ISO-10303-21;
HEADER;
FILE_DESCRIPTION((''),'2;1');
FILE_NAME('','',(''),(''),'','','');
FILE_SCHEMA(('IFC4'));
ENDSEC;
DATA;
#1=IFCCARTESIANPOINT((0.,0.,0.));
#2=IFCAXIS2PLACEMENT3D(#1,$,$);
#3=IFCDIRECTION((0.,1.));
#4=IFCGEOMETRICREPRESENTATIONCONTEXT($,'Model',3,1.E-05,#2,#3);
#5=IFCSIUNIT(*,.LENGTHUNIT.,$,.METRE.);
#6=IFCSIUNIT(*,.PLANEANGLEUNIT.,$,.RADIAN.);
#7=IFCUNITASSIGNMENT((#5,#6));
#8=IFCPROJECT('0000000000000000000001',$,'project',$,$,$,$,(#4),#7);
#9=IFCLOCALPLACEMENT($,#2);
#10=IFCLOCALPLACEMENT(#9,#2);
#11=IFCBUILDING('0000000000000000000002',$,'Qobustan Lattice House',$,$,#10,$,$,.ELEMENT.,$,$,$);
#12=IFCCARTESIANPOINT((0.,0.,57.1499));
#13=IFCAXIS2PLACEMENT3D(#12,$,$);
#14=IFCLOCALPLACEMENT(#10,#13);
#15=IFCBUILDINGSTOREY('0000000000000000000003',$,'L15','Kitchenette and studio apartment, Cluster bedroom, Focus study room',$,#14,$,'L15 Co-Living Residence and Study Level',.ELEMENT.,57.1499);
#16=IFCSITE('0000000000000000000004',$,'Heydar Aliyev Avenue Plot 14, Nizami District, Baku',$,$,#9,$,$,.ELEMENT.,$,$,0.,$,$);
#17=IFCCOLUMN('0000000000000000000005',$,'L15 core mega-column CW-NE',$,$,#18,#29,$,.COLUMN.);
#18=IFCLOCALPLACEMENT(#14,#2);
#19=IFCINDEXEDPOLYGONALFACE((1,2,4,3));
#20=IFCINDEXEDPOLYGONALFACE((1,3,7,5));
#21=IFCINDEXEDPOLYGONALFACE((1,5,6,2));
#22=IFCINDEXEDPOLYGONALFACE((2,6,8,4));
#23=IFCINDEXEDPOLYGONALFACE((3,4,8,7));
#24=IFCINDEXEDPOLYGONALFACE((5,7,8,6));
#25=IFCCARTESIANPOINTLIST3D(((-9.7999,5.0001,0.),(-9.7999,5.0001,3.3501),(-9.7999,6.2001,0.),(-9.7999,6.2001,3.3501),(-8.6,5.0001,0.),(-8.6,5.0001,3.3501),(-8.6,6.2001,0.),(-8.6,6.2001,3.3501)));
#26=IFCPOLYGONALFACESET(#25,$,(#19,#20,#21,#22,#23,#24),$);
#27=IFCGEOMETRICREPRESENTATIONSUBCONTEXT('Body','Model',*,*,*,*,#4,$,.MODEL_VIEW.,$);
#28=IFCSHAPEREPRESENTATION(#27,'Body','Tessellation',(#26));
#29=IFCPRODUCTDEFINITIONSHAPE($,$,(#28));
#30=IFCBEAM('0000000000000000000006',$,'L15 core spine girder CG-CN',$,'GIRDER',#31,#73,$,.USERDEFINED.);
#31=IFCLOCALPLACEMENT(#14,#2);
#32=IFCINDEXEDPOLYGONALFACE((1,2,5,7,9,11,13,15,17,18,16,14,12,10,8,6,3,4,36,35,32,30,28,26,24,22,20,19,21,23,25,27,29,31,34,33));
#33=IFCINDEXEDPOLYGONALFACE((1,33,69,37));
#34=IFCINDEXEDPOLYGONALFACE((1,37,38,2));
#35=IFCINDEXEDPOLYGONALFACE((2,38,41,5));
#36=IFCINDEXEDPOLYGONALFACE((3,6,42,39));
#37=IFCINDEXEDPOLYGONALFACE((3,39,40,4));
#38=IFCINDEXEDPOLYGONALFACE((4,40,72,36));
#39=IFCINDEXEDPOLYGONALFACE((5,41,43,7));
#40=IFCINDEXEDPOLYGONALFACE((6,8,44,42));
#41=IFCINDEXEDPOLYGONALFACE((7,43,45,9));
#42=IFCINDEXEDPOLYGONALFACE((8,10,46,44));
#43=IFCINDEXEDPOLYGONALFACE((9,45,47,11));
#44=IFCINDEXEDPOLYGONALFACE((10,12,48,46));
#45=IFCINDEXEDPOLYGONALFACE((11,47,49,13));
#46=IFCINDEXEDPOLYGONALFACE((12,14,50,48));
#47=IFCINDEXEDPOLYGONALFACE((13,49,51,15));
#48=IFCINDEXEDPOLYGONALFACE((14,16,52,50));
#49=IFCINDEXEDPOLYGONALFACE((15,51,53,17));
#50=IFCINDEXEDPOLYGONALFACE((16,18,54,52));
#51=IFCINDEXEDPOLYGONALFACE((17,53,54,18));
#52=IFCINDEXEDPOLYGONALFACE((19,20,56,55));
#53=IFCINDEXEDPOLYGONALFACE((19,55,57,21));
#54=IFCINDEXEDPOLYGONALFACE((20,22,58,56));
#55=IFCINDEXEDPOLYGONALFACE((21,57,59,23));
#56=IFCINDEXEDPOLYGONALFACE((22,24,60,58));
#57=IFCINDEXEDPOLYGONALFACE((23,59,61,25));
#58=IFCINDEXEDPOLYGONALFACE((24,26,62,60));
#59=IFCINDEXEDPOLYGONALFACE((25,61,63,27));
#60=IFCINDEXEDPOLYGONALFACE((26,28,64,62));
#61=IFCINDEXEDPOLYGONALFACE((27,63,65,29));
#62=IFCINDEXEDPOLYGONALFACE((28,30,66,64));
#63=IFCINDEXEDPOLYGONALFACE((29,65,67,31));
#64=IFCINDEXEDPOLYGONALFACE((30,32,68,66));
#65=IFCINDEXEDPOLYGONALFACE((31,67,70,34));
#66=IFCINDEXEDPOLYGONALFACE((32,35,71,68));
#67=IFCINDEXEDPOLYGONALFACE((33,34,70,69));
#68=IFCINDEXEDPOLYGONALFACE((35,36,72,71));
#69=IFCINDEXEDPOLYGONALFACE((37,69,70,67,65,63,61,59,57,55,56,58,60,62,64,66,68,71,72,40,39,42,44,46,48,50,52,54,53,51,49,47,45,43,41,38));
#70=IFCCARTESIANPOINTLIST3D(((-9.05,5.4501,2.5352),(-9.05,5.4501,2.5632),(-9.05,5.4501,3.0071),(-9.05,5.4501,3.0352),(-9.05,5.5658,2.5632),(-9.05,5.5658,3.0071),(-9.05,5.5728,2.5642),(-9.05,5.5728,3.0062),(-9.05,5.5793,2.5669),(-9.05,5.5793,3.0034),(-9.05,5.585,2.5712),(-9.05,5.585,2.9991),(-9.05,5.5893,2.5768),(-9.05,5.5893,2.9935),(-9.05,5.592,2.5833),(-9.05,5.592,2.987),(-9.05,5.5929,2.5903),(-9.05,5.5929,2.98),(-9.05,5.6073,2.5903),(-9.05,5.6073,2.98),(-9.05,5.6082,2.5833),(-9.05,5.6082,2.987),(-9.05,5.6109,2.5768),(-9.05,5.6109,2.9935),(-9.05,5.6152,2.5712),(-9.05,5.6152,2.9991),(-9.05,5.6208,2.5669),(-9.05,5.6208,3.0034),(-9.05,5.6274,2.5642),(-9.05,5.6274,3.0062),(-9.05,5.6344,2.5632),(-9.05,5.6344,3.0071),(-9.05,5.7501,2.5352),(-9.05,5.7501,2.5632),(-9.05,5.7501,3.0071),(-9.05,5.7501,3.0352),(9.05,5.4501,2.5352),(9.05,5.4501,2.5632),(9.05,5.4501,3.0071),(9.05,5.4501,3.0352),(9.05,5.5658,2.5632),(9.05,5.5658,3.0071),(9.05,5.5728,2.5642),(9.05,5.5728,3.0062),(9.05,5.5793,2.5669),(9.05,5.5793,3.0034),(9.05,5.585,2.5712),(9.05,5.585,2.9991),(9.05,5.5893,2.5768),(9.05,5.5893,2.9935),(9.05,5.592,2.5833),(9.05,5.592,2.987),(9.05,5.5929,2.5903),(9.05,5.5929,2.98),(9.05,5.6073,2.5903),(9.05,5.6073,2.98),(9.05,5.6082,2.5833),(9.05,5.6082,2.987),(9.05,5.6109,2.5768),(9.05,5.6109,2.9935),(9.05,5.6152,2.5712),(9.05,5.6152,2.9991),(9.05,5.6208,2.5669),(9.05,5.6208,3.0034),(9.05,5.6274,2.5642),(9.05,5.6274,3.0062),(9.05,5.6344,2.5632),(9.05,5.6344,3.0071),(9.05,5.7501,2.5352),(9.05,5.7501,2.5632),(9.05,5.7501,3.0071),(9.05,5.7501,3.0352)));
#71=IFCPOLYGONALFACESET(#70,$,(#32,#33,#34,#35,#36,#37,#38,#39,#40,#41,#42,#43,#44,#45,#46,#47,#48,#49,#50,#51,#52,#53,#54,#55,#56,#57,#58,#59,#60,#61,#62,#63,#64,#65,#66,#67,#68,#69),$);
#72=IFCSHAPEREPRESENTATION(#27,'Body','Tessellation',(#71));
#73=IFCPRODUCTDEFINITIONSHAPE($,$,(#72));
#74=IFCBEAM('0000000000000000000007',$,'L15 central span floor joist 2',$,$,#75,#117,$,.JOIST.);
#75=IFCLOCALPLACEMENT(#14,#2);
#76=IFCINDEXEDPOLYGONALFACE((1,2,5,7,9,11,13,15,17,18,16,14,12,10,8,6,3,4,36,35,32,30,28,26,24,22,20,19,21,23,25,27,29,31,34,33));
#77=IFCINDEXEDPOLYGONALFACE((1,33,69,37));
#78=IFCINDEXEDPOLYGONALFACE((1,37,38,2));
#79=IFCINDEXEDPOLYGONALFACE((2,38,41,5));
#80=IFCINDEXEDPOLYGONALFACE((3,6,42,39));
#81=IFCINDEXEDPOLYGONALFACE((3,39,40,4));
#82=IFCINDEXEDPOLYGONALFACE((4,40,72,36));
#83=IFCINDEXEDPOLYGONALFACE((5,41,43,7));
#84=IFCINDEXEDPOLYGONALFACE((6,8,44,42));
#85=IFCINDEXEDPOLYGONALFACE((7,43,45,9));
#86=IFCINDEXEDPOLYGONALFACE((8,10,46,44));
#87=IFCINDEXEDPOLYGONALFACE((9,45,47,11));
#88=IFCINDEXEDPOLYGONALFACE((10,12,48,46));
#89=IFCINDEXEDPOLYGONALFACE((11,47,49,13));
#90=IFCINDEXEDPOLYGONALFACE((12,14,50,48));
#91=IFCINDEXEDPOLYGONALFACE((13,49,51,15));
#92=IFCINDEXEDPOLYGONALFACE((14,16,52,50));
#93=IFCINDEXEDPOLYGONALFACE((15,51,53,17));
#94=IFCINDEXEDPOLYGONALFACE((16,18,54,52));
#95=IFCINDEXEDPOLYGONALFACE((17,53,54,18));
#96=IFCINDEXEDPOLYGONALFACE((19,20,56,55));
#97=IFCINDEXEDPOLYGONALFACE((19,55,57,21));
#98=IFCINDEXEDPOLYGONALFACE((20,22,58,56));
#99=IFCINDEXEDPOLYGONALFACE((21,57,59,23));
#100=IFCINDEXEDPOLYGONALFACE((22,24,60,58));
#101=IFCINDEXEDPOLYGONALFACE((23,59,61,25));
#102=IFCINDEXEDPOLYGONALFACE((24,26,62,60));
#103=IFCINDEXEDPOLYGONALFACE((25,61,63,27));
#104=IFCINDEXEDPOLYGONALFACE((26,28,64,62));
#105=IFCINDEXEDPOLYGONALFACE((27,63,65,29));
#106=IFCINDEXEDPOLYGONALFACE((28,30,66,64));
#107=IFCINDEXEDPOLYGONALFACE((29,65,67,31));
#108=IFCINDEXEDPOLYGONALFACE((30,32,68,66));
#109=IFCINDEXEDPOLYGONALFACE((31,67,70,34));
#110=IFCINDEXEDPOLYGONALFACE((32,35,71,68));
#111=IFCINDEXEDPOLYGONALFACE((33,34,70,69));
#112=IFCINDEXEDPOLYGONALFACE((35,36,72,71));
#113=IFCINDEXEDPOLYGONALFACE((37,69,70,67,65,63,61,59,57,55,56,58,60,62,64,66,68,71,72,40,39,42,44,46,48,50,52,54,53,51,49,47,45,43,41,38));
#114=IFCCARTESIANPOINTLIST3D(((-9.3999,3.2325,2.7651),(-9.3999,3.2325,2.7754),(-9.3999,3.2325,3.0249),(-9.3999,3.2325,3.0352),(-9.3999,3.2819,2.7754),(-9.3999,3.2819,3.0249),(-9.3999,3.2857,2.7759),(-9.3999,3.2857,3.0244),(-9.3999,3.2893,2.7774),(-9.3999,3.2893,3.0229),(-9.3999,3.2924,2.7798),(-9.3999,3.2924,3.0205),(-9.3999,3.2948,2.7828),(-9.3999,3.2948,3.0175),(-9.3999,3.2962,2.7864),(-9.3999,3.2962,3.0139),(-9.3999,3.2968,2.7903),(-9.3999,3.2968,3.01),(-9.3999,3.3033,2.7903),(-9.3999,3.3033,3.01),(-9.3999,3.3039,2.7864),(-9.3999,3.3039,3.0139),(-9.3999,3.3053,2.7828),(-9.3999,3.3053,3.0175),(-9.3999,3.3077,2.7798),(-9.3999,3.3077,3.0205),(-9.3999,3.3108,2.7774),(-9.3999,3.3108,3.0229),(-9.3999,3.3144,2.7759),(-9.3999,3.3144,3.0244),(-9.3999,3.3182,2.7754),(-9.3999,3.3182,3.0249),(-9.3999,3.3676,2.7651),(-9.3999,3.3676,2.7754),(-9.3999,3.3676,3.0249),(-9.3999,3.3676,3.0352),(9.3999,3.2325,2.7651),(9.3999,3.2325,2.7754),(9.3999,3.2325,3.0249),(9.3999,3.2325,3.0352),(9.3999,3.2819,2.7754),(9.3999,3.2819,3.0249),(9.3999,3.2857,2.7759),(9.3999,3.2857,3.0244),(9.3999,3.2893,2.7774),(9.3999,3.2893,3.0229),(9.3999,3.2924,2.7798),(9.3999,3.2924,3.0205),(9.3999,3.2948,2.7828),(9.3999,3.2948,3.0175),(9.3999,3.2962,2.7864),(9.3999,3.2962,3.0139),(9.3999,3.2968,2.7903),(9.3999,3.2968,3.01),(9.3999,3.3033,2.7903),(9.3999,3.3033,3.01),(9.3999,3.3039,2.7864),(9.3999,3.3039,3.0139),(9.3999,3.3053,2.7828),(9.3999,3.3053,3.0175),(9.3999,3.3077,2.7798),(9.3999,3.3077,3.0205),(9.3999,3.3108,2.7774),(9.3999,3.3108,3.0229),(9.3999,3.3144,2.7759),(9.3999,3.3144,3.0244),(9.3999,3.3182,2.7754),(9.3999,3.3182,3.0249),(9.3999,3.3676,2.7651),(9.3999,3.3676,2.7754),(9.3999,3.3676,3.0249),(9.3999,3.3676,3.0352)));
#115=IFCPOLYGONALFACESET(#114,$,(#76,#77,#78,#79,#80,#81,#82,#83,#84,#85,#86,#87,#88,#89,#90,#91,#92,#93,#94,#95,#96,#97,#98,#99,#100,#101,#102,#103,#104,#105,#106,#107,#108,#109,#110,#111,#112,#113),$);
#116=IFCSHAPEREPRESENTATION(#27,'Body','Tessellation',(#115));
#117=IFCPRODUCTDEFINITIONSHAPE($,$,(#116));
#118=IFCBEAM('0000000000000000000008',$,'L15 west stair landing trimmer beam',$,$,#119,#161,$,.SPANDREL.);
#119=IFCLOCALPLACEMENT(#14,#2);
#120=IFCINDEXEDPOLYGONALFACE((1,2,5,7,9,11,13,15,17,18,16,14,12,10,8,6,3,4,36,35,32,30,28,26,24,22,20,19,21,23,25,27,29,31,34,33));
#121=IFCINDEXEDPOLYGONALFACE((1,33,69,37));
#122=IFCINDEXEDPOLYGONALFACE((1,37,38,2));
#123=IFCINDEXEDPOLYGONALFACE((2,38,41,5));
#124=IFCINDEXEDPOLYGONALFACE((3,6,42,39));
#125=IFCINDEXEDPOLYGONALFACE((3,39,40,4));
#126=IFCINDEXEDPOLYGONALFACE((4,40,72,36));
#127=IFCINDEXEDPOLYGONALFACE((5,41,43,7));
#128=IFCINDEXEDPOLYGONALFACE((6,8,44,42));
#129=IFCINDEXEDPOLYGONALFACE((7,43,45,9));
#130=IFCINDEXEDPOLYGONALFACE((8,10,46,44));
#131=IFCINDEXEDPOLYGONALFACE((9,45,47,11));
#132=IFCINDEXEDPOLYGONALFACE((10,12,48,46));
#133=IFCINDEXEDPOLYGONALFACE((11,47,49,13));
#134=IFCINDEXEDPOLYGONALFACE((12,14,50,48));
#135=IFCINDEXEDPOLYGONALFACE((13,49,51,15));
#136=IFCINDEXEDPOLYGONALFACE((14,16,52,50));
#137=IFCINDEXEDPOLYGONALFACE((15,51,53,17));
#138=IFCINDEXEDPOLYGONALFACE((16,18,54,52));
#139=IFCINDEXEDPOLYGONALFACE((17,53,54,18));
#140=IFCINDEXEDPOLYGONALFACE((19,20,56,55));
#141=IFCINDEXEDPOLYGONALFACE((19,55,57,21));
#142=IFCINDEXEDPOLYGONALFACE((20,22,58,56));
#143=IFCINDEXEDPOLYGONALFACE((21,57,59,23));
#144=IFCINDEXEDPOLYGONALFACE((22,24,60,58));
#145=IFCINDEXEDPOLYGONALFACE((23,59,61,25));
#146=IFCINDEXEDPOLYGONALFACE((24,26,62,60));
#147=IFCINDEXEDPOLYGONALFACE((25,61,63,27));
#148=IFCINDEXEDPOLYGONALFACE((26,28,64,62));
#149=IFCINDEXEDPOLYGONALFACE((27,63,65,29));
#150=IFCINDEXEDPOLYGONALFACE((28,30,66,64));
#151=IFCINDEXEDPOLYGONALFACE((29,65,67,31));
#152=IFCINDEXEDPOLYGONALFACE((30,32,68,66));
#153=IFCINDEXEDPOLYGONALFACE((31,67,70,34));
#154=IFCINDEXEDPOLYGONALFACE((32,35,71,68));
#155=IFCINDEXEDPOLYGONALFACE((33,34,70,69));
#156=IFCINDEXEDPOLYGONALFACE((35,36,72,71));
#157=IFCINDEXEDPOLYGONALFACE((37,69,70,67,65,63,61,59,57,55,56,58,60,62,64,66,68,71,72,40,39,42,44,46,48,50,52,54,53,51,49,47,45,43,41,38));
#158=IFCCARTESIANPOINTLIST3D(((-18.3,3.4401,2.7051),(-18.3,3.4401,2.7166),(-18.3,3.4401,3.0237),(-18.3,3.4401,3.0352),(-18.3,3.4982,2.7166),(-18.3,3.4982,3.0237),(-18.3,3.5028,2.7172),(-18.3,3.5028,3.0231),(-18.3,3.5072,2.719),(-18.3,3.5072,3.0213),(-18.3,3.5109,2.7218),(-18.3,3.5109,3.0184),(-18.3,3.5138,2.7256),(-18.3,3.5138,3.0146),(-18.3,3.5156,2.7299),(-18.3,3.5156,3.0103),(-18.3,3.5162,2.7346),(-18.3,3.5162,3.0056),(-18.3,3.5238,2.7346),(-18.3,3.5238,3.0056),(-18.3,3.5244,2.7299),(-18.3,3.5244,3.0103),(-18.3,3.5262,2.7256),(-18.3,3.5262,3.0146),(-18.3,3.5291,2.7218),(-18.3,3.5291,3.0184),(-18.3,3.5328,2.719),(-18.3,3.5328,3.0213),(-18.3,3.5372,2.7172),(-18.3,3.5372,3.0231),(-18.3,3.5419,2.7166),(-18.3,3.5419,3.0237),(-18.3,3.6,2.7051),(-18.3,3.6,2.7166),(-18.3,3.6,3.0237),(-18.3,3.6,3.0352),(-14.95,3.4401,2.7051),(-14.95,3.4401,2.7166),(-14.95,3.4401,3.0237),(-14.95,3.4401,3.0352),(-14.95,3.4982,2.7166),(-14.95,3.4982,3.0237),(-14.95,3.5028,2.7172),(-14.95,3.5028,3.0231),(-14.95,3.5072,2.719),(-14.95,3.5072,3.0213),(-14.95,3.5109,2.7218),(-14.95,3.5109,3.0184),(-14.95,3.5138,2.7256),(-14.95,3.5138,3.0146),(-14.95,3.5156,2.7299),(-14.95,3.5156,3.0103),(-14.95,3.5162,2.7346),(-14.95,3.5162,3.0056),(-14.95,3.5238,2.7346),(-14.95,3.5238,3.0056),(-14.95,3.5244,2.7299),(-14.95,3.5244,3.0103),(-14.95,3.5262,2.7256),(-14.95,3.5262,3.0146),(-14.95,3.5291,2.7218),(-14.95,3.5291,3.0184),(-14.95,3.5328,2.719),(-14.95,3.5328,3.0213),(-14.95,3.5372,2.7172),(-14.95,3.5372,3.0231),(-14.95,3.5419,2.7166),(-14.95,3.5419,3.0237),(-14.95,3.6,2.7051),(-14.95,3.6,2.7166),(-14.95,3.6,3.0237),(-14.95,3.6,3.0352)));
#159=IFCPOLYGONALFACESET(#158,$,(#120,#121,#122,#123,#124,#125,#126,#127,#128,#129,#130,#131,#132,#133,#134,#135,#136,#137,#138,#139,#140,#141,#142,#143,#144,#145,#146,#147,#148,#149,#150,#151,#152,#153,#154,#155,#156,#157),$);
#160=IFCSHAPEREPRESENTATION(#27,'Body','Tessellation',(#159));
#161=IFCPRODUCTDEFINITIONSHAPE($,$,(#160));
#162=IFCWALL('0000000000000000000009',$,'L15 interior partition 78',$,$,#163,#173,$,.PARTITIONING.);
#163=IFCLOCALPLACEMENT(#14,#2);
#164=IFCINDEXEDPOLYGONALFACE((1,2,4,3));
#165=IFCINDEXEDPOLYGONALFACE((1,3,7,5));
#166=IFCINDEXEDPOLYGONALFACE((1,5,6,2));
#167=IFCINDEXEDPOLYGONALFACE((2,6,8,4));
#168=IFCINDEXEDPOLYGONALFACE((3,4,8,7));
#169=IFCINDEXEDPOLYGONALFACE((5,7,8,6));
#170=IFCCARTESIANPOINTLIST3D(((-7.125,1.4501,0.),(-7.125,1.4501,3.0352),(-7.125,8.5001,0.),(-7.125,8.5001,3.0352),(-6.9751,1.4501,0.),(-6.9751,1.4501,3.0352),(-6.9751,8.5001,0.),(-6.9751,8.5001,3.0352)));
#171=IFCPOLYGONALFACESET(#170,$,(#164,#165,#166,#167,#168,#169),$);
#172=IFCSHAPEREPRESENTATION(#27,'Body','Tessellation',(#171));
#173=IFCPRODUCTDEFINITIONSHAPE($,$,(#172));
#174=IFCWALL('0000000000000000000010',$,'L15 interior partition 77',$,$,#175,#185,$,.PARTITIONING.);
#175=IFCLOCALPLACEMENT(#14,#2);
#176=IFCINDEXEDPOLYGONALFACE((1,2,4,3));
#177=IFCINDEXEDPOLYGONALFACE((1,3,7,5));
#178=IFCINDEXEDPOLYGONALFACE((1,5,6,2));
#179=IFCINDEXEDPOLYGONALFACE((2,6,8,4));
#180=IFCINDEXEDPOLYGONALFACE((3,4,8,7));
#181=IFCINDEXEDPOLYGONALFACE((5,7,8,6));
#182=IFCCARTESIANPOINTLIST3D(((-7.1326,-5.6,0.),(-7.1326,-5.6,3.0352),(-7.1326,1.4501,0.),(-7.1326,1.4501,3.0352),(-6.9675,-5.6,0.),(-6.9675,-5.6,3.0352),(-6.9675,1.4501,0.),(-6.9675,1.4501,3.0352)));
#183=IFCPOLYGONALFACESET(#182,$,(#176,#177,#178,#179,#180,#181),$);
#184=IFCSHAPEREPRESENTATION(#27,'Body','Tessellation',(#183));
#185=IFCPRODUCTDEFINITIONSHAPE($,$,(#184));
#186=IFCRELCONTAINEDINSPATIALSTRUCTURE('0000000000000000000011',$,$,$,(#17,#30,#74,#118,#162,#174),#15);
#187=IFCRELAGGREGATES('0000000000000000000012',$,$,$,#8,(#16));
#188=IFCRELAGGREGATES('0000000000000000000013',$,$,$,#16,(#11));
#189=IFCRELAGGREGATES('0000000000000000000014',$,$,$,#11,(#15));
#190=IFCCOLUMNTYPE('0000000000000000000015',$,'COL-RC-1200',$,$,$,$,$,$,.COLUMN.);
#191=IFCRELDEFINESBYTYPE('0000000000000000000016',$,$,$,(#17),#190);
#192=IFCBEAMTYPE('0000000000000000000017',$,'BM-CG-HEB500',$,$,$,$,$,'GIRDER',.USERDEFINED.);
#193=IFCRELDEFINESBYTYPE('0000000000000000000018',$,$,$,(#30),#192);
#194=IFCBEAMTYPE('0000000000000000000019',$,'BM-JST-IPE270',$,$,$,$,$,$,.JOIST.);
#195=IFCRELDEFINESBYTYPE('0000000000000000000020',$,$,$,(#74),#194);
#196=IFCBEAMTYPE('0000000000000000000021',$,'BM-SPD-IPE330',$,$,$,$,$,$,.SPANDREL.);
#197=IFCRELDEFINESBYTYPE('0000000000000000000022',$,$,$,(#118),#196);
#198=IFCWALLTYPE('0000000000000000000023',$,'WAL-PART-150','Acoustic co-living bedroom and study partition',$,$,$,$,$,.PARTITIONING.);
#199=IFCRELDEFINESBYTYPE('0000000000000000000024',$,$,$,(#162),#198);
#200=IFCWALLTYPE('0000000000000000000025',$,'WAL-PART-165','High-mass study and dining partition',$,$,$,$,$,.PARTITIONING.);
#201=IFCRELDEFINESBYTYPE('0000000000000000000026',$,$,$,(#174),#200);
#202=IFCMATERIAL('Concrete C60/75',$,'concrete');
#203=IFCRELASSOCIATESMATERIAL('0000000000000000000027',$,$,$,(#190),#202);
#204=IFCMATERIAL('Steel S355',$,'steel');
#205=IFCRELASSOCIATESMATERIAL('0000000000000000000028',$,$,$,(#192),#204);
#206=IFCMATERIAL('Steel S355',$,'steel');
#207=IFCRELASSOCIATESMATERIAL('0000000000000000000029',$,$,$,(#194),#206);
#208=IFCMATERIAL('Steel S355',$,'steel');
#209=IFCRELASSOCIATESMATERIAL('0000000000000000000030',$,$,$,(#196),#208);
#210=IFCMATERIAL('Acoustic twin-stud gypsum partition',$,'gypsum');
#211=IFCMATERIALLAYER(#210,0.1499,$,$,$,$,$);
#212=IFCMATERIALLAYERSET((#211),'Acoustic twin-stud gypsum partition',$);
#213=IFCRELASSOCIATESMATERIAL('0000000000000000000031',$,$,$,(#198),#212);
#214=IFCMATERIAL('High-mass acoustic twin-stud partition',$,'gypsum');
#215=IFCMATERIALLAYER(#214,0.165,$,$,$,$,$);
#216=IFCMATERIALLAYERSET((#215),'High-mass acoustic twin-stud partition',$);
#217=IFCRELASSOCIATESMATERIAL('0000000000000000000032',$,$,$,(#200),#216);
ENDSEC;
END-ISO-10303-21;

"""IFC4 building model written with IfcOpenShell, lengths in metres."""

from ifc_helpers import new_model, si_unit, direction, frame, frame_2d, origin, origin_2d, place, context, subcontext, project, spatial, rectangle, i_section, extrude, material, layer, layer_set, material_profile, profile_set, type_object, element, save


model = new_model("IFC4")

# Units and contexts
model_context = context("Model", 3, precision=1e-05, world=origin(), true_north=direction((0.0, 1.0)))
body_context = subcontext(model_context, "Body", "Model", "MODEL_VIEW")
ifc_project = project(units=[si_unit("LENGTHUNIT", "METRE"), si_unit("PLANEANGLEUNIT", "RADIAN")], contexts=[model_context])

# Site, building, storey
site_placement = place(None, origin())
site = spatial("IfcSite", under=ifc_project, at=site_placement, Name="Heydar Aliyev Avenue Plot 14, Nizami District, Baku", CompositionType="ELEMENT", RefElevation=0.0)
building_placement = place(site_placement, origin())
building = spatial("IfcBuilding", under=site, at=building_placement, Name="Qobustan Lattice House", CompositionType="ELEMENT")
storey_placement = place(building_placement, frame((0.0, 0.0, 57.1499)))
storey = spatial("IfcBuildingStorey", under=building, at=storey_placement, Name="L15", Description="Kitchenette and studio apartment, Cluster bedroom, Focus study room", LongName="L15 Co-Living Residence and Study Level", CompositionType="ELEMENT", Elevation=57.1499)

# Column
ifc_material_1 = material(Name="Concrete C60/75", Category="concrete")
ifc_material_profile_1 = material_profile(ifc_material_1, rectangle(XDim=1.2, YDim=1.2, at=origin_2d()), Name="RC1200x1200")
ifc_profile_set_1 = profile_set([ifc_material_profile_1], Name="Concrete C60/75")
column_type = type_object("IfcColumnType", Name="COL-RC-1200", PredefinedType="COLUMN", material=ifc_profile_set_1)
column_placement = place(storey_placement, frame((-9.2, 5.6001, 0.0), z_axis=(0.0, 0.0, 1.0), x_axis=(1.0, 0.0, 0.0)))
element("IfcColumn", 1, at=column_placement, inside=storey, type_object=column_type, Name="L15 core mega-column CW-NE", PredefinedType="COLUMN", context=body_context, shape_type="SweptSolid", body=[
    extrude(rectangle(XDim=1.2, YDim=1.2, at=origin_2d()), origin(), (0.0, 0.0, 1.0), 3.3501),
])

# Beams
ifc_material_2 = material(Name="Steel S355", Category="steel")
ifc_material_profile_2 = material_profile(ifc_material_2, i_section(OverallWidth=0.3, OverallDepth=0.5, WebThickness=0.0144, FlangeThickness=0.0281, FilletRadius=0.0271, at=origin_2d()), Name="HEB500")
ifc_profile_set_2 = profile_set([ifc_material_profile_2], Name="Steel S355")
beam_type_1 = type_object("IfcBeamType", Name="BM-CG-HEB500", ElementType="GIRDER", PredefinedType="USERDEFINED", material=ifc_profile_set_2)
beam_1_placement = place(storey_placement, frame((-9.05, 5.6001, 2.7852), z_axis=(1.0, 0.0, 0.0), x_axis=(0.0, 1.0, 0.0)))
element("IfcBeam", 2, at=beam_1_placement, inside=storey, type_object=beam_type_1, Name="L15 core spine girder CG-CN", ObjectType="GIRDER", PredefinedType="USERDEFINED", context=body_context, shape_type="SweptSolid", body=[
    extrude(i_section(OverallWidth=0.3, OverallDepth=0.5, WebThickness=0.0144, FlangeThickness=0.0281, FilletRadius=0.0271, at=origin_2d()), origin(), (0.0, 0.0, 1.0), 18.1001),
])
ifc_material_3 = material(Name="Steel S355", Category="steel")
ifc_material_profile_3 = material_profile(ifc_material_3, i_section(OverallWidth=0.135, OverallDepth=0.27, WebThickness=0.0066, FlangeThickness=0.0103, FilletRadius=0.0149, at=origin_2d()), Name="IPE270")
ifc_profile_set_3 = profile_set([ifc_material_profile_3], Name="Steel S355")
beam_type_2 = type_object("IfcBeamType", Name="BM-JST-IPE270", PredefinedType="JOIST", material=ifc_profile_set_3)
beam_2_placement = place(storey_placement, frame((-9.3999, 3.3, 2.9001), z_axis=(1.0, 0.0, 0.0), x_axis=(0.0, 1.0, 0.0)))
element("IfcBeam", 3, at=beam_2_placement, inside=storey, type_object=beam_type_2, Name="L15 central span floor joist 2", PredefinedType="JOIST", context=body_context, shape_type="SweptSolid", body=[
    extrude(i_section(OverallWidth=0.135, OverallDepth=0.27, WebThickness=0.0066, FlangeThickness=0.0103, FilletRadius=0.0149, at=origin_2d()), origin(), (0.0, 0.0, 1.0), 18.7998),
])
ifc_material_4 = material(Name="Steel S355", Category="steel")
ifc_material_profile_4 = material_profile(ifc_material_4, i_section(OverallWidth=0.1599, OverallDepth=0.3301, WebThickness=0.0076, FlangeThickness=0.0115, FilletRadius=0.0181, at=origin_2d()), Name="IPE330")
ifc_profile_set_4 = profile_set([ifc_material_profile_4], Name="Steel S355")
beam_type_3 = type_object("IfcBeamType", Name="BM-SPD-IPE330", PredefinedType="SPANDREL", material=ifc_profile_set_4)
beam_3_placement = place(storey_placement, frame((-18.3, 3.52, 2.8701), z_axis=(1.0, 0.0, 0.0), x_axis=(0.0, 1.0, 0.0)))
element("IfcBeam", 4, at=beam_3_placement, inside=storey, type_object=beam_type_3, Name="L15 west stair landing trimmer beam", PredefinedType="SPANDREL", context=body_context, shape_type="SweptSolid", body=[
    extrude(i_section(OverallWidth=0.1599, OverallDepth=0.3301, WebThickness=0.0076, FlangeThickness=0.0115, FilletRadius=0.0181, at=origin_2d()), origin(), (0.0, 0.0, 1.0), 3.3501),
])

# Walls
ifc_material_5 = material(Name="Acoustic twin-stud gypsum partition", Category="gypsum")
ifc_layer_1 = layer(ifc_material_5, 0.1499)
ifc_layer_set_1 = layer_set([ifc_layer_1], Name="Acoustic twin-stud gypsum partition")
wall_type_1 = type_object("IfcWallType", Name="WAL-PART-150", Description="Acoustic co-living bedroom and study partition", PredefinedType="PARTITIONING", material=ifc_layer_set_1)
wall_1_placement = place(storey_placement, frame((-7.05, 8.5, 0.0), z_axis=(0.0, 0.0, 1.0), x_axis=(0.0, -1.0, 0.0)))
element("IfcWall", 5, at=wall_1_placement, inside=storey, type_object=wall_type_1, Name="L15 interior partition 78", PredefinedType="PARTITIONING", context=body_context, shape_type="SweptSolid", body=[
    extrude(rectangle(XDim=7.05, YDim=0.1499, at=frame_2d((3.5249, 0.0))), origin(), (0.0, 0.0, 1.0), 3.0352),
])
ifc_material_6 = material(Name="High-mass acoustic twin-stud partition", Category="gypsum")
ifc_layer_2 = layer(ifc_material_6, 0.165)
ifc_layer_set_2 = layer_set([ifc_layer_2], Name="High-mass acoustic twin-stud partition")
wall_type_2 = type_object("IfcWallType", Name="WAL-PART-165", Description="High-mass study and dining partition", PredefinedType="PARTITIONING", material=ifc_layer_set_2)
wall_2_placement = place(storey_placement, frame((-7.05, 1.45, 0.0), z_axis=(0.0, 0.0, 1.0), x_axis=(0.0, -1.0, 0.0)))
element("IfcWall", 6, at=wall_2_placement, inside=storey, type_object=wall_type_2, Name="L15 interior partition 77", PredefinedType="PARTITIONING", context=body_context, shape_type="SweptSolid", body=[
    extrude(rectangle(XDim=7.05, YDim=0.165, at=frame_2d((3.5249, 0.0))), origin(), (0.0, 0.0, 1.0), 3.0352),
])

save(model, "model.ifc")
